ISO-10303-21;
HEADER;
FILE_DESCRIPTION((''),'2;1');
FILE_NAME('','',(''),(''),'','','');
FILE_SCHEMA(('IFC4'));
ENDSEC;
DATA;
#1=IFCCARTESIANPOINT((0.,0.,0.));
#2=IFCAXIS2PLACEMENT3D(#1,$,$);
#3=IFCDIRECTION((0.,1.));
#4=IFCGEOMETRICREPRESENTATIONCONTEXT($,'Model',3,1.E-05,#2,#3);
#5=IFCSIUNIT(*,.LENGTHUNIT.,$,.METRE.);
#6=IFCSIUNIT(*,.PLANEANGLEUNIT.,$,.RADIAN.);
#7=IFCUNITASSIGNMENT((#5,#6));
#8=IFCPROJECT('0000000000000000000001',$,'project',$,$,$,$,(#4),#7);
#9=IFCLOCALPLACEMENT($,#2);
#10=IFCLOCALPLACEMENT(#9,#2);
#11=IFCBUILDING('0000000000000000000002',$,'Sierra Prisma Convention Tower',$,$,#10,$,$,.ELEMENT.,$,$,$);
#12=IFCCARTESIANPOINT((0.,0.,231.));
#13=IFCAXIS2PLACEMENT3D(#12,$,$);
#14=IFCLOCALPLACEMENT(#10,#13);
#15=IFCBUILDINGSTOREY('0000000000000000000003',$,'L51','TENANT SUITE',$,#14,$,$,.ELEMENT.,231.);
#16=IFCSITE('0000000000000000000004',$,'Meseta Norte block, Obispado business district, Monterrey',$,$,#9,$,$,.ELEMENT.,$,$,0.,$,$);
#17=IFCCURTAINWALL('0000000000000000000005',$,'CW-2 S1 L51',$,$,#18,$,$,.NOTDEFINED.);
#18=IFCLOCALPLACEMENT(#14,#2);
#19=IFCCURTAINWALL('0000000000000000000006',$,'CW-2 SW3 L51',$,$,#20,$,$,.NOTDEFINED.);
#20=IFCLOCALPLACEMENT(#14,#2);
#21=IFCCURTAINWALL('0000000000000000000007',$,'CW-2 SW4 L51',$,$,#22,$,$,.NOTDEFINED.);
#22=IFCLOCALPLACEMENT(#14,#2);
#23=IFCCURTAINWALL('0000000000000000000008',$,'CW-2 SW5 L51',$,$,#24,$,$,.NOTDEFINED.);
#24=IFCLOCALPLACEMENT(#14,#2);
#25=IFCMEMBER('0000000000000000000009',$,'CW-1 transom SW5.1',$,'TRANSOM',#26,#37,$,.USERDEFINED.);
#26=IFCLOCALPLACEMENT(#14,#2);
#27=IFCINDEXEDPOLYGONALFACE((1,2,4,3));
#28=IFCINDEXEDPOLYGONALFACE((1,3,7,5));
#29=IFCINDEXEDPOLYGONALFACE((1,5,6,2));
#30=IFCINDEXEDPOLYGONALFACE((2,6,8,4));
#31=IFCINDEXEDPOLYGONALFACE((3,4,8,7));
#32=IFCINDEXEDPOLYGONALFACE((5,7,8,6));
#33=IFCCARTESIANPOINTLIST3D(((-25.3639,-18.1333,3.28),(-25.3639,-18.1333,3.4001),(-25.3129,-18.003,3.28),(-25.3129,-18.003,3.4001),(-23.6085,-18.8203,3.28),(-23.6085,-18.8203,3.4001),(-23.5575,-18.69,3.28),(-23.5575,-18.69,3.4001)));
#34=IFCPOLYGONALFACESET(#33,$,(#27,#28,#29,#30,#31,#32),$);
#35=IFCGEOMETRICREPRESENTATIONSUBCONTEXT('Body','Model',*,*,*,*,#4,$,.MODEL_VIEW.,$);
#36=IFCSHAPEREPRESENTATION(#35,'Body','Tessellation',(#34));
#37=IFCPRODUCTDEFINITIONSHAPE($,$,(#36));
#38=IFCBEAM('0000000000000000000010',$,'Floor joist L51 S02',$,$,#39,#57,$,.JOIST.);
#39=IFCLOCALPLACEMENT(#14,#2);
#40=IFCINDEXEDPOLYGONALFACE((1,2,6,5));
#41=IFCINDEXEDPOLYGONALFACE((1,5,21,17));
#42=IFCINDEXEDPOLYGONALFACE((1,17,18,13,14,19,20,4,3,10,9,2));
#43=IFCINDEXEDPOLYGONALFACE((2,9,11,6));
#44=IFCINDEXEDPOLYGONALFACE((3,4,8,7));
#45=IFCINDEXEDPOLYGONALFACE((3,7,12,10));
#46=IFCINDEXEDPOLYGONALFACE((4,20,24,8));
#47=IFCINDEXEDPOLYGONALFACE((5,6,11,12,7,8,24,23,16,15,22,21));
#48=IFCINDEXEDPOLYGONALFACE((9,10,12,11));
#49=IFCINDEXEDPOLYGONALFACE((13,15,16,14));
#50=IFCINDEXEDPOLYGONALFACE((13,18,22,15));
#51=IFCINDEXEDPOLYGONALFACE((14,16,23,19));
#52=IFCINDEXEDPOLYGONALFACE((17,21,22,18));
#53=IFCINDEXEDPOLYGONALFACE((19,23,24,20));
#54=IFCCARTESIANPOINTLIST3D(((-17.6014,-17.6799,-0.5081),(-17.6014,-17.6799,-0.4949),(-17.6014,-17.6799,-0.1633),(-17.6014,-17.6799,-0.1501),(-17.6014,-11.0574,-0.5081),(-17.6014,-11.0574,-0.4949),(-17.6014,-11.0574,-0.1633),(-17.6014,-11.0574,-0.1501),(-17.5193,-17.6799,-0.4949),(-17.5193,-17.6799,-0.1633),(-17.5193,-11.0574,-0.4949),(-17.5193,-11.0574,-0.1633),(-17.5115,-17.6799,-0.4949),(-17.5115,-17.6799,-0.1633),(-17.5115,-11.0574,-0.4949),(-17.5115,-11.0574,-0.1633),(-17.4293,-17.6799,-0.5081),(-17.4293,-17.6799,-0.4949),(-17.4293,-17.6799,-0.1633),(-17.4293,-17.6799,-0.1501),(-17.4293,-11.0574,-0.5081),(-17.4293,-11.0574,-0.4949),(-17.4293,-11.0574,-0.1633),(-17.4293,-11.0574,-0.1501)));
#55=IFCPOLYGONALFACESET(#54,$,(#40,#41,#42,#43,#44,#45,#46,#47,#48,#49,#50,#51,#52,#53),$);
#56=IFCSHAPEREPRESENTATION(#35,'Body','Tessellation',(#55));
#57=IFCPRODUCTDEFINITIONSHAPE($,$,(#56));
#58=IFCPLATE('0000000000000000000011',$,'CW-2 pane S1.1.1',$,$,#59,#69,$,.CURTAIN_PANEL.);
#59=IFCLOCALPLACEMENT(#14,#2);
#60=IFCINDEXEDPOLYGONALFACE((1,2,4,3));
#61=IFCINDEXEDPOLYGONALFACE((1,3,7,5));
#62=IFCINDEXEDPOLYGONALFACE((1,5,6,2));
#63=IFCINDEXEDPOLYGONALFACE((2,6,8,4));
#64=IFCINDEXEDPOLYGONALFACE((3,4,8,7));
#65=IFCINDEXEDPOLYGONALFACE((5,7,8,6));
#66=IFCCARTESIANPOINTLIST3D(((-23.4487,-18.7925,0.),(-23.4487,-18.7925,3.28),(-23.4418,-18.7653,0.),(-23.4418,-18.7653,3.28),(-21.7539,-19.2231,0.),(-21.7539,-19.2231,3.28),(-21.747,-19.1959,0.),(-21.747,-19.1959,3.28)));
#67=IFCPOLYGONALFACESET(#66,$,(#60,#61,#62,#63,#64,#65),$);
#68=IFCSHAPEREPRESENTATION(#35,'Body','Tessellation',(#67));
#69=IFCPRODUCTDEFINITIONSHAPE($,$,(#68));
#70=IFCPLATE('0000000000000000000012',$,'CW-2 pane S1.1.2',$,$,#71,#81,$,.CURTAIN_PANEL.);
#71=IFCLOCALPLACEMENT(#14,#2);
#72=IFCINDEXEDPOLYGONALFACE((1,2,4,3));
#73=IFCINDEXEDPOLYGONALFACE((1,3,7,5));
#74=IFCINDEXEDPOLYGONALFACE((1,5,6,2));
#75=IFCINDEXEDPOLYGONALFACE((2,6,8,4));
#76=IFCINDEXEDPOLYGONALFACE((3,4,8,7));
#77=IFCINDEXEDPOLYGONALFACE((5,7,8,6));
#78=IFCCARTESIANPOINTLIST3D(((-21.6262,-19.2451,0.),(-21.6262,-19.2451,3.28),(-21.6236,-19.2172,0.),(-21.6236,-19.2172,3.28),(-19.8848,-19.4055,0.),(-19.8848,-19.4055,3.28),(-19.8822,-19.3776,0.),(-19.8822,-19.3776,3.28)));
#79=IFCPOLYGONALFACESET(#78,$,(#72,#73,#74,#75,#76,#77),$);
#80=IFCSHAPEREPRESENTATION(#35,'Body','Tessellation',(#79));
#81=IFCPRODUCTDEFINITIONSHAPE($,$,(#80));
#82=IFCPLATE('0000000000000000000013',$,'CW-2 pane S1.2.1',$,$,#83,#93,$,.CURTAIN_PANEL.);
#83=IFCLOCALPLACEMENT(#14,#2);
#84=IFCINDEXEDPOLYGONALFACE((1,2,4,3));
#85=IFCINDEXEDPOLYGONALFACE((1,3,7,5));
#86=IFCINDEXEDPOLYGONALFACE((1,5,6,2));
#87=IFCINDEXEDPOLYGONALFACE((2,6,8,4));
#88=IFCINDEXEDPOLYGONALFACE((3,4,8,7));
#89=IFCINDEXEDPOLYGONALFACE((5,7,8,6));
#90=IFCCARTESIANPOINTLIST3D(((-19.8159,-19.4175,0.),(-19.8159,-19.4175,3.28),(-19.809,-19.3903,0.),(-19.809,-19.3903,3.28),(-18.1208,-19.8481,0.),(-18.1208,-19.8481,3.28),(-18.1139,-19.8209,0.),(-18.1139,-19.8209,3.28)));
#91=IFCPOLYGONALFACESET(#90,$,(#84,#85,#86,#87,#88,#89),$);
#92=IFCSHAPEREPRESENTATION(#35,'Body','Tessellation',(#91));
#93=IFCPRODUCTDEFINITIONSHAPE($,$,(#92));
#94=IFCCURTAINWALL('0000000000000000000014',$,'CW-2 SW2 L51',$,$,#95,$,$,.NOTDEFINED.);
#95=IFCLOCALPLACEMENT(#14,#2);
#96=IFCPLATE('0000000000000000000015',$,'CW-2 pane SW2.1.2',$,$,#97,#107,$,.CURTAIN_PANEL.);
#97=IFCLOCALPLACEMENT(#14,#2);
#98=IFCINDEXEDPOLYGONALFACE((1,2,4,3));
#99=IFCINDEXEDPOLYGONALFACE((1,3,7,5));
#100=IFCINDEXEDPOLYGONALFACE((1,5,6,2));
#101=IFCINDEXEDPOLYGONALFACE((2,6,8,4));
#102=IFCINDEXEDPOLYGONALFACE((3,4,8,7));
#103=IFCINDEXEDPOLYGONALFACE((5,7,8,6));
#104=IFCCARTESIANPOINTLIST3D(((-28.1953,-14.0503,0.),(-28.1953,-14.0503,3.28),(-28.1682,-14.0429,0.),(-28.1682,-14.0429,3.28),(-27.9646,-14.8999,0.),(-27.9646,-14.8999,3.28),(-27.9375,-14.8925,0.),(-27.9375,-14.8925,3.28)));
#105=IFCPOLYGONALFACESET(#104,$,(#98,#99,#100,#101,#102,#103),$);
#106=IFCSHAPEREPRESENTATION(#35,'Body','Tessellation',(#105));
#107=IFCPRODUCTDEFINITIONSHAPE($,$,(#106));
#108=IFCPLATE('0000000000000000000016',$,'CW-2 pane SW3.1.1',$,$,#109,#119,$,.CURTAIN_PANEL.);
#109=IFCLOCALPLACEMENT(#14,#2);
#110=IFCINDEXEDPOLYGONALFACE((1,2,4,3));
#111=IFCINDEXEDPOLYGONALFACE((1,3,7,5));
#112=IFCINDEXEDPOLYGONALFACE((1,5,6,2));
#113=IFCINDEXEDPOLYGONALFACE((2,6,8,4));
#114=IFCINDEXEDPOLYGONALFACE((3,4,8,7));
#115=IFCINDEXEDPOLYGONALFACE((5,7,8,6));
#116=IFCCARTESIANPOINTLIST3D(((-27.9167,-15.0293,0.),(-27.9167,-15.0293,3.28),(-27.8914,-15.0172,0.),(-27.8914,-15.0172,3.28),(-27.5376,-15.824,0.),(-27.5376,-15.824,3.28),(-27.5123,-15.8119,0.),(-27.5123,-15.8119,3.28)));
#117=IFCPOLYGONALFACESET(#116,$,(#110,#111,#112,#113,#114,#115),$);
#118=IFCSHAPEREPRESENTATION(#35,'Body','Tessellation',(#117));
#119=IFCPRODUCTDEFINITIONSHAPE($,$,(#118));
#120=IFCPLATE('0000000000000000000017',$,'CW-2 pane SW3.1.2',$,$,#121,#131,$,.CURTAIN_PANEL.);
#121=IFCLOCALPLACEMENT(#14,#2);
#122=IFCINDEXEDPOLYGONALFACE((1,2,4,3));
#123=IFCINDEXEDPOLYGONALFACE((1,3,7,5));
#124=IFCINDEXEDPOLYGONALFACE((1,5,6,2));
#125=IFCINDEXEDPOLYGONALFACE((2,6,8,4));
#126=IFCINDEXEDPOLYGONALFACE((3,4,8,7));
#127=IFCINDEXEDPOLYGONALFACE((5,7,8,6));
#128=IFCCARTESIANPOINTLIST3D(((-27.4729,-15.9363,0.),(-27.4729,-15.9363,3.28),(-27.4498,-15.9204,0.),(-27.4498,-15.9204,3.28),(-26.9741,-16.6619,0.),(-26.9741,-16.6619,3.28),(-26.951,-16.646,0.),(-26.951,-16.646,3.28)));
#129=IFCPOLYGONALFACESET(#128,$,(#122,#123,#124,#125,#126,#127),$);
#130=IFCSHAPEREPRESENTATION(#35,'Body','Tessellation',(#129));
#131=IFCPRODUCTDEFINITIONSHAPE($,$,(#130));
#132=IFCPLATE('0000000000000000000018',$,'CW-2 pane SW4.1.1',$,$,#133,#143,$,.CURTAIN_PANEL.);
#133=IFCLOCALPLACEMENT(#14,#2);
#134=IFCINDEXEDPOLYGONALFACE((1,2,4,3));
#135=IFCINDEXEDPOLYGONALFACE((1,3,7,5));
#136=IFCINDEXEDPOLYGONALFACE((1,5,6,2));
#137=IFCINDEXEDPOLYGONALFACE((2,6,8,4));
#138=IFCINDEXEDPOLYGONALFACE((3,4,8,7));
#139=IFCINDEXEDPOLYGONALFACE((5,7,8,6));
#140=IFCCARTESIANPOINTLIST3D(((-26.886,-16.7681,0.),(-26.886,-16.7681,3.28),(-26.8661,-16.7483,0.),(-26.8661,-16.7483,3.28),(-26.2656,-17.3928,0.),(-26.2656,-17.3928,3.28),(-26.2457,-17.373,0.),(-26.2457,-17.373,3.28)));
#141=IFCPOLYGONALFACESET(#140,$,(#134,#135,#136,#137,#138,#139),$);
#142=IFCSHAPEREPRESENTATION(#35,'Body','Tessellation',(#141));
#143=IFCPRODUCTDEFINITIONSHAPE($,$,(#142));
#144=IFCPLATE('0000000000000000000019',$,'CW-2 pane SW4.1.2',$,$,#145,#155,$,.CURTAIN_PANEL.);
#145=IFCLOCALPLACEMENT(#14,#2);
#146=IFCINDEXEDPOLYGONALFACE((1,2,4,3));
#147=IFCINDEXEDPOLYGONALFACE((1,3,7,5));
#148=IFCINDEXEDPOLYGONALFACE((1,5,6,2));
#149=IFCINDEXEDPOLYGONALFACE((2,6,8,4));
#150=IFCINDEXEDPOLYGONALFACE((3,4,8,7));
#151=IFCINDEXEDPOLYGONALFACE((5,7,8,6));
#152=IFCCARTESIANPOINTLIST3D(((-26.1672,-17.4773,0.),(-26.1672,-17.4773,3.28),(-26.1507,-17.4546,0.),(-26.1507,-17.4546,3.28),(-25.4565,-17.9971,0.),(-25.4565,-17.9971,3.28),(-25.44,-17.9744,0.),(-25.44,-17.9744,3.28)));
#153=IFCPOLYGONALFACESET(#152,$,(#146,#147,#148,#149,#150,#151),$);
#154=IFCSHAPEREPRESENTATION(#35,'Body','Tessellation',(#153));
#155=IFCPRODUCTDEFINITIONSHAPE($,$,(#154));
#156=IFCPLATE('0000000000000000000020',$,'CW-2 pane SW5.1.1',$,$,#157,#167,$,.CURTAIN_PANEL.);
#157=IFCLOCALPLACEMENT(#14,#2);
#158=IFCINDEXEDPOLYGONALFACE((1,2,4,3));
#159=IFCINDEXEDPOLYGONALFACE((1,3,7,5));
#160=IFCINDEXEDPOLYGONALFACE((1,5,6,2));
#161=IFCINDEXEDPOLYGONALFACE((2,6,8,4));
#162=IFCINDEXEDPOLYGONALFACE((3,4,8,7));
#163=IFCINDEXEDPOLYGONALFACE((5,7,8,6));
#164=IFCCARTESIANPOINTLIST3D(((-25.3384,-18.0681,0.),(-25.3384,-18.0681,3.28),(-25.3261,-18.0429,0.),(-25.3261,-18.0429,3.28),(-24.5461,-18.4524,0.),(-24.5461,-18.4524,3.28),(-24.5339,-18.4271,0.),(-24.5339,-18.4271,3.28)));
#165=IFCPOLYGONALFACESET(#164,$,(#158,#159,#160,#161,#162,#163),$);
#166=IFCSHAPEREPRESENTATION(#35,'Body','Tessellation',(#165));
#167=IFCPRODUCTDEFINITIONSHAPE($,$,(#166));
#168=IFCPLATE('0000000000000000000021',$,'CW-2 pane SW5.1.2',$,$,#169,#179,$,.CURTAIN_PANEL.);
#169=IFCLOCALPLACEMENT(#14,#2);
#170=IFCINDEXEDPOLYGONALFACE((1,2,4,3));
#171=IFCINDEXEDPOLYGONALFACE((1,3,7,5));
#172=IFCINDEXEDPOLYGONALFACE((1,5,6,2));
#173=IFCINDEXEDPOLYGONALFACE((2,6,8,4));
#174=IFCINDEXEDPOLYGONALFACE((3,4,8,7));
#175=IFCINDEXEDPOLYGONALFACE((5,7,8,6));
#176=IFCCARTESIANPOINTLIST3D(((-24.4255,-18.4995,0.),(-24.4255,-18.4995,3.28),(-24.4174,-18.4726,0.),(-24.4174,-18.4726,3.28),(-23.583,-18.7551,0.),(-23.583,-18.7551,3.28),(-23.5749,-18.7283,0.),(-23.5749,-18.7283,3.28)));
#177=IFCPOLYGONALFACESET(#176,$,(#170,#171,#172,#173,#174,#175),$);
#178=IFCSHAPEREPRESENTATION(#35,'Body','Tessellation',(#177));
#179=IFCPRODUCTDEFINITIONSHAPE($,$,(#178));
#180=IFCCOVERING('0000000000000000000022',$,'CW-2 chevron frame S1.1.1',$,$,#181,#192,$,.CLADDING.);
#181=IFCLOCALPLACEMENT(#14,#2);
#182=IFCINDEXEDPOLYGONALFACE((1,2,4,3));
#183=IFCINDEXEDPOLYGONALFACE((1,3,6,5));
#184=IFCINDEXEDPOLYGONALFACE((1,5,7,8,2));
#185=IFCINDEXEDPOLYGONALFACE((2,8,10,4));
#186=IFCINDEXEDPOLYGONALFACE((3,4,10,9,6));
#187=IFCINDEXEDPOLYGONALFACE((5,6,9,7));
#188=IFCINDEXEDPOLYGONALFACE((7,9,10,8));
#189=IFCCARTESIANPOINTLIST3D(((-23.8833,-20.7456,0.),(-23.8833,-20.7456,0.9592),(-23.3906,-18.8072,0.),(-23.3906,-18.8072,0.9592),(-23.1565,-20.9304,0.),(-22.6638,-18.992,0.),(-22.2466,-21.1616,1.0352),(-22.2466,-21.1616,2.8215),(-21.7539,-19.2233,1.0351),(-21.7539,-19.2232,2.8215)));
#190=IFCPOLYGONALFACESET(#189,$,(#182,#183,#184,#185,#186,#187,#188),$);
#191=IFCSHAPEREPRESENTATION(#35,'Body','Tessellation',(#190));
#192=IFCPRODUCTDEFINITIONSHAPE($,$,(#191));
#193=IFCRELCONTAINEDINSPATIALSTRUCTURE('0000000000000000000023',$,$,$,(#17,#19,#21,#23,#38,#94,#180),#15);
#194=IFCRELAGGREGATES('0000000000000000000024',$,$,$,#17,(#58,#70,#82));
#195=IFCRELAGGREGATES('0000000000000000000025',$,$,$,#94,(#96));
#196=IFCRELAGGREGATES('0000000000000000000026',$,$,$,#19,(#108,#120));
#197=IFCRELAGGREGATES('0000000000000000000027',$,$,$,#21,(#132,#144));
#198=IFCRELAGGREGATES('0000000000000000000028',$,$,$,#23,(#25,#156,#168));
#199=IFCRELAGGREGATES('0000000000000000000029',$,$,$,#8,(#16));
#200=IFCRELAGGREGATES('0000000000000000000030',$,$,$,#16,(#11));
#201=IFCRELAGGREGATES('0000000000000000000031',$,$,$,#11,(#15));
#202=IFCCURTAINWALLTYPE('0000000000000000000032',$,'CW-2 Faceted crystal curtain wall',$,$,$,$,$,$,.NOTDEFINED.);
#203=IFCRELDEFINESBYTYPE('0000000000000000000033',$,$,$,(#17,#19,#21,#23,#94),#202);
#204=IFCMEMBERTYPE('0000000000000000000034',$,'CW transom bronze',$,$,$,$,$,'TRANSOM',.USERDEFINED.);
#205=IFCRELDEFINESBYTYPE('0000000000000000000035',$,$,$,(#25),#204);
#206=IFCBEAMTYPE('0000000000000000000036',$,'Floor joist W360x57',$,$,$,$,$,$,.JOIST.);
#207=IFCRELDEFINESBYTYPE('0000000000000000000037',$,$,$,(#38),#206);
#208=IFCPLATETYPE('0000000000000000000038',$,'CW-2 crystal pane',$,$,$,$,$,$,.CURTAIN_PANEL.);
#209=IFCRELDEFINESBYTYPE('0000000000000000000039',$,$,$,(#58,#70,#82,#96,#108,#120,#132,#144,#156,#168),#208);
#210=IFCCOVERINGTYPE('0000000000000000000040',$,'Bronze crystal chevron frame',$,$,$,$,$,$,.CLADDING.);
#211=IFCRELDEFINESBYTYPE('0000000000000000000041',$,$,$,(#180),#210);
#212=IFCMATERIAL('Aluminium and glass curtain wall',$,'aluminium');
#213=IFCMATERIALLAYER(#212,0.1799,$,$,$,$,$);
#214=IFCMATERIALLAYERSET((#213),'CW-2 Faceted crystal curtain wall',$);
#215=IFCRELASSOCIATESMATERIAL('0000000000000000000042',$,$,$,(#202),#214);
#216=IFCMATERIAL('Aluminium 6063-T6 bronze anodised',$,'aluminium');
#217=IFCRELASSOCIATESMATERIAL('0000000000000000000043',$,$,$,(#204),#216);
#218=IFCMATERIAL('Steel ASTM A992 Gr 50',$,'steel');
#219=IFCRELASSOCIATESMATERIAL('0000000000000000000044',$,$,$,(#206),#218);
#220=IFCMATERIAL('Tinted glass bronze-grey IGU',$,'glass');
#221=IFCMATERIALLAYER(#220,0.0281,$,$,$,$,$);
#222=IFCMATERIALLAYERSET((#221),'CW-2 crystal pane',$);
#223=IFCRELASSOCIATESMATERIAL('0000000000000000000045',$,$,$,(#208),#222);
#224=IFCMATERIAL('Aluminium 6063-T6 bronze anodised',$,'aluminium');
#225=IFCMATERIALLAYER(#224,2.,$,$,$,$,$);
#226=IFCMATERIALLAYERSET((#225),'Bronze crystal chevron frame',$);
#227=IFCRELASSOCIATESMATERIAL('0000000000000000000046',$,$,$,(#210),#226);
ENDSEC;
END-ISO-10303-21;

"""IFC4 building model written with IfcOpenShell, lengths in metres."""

from ifc_helpers import new_model, si_unit, direction, frame, origin, origin_2d, place, context, subcontext, project, spatial, polyline, rectangle, i_section, outline, extrude, material, layer, layer_set, material_profile, profile_set, type_object, element, aggregate, save


model = new_model("IFC4")

# Units and contexts
model_context = context("Model", 3, precision=1e-05, world=origin(), true_north=direction((0.0, 1.0)))
body_context = subcontext(model_context, "Body", "Model", "MODEL_VIEW")
ifc_project = project(units=[si_unit("LENGTHUNIT", "METRE"), si_unit("PLANEANGLEUNIT", "RADIAN")], contexts=[model_context])

# Site, building, storey
site_placement = place(None, origin())
site = spatial("IfcSite", under=ifc_project, at=site_placement, Name="Meseta Norte block, Obispado business district, Monterrey", CompositionType="ELEMENT", RefElevation=0.0)
building_placement = place(site_placement, origin())
building = spatial("IfcBuilding", under=site, at=building_placement, Name="Sierra Prisma Convention Tower", CompositionType="ELEMENT")
storey_placement = place(building_placement, frame((0.0, 0.0, 231.0)))
storey = spatial("IfcBuildingStorey", under=building, at=storey_placement, Name="L51", Description="TENANT SUITE", CompositionType="ELEMENT", Elevation=231.0)

# Curtain wall
ifc_material_1 = material(Name="Aluminium and glass curtain wall", Category="aluminium")
ifc_layer_1 = layer(ifc_material_1, 0.1799)
ifc_layer_set_1 = layer_set([ifc_layer_1], Name="CW-2 Faceted crystal curtain wall")
curtain_wall_type = type_object("IfcCurtainWallType", Name="CW-2 Faceted crystal curtain wall", PredefinedType="NOTDEFINED", material=ifc_layer_set_1)
curtain_wall_1_placement = place(storey_placement, origin())
curtain_wall_1 = element("IfcCurtainWall", 1, at=curtain_wall_1_placement, inside=storey, type_object=curtain_wall_type, Name="CW-2 S1 L51", PredefinedType="NOTDEFINED")

# Curtain walls
curtain_wall_2_placement = place(storey_placement, origin())
curtain_wall_2 = element("IfcCurtainWall", 2, at=curtain_wall_2_placement, inside=storey, type_object=curtain_wall_type, Name="CW-2 SW3 L51", PredefinedType="NOTDEFINED")
curtain_wall_3_placement = place(storey_placement, origin())
curtain_wall_3 = element("IfcCurtainWall", 3, at=curtain_wall_3_placement, inside=storey, type_object=curtain_wall_type, Name="CW-2 SW4 L51", PredefinedType="NOTDEFINED")
curtain_wall_4_placement = place(storey_placement, origin())
curtain_wall_4 = element("IfcCurtainWall", 4, at=curtain_wall_4_placement, inside=storey, type_object=curtain_wall_type, Name="CW-2 SW5 L51", PredefinedType="NOTDEFINED")

# Member
ifc_material_2 = material(Name="Aluminium 6063-T6 bronze anodised", Category="aluminium")
ifc_material_profile_1 = material_profile(ifc_material_2, rectangle(XDim=0.1399, YDim=0.1201, at=origin_2d()), Name="ALU TRANSOM 120x140")
ifc_profile_set_1 = profile_set([ifc_material_profile_1], Name="Aluminium 6063-T6 bronze anodised")
member_type_1 = type_object("IfcMemberType", Name="CW transom bronze", ElementType="TRANSOM", PredefinedType="USERDEFINED", material=ifc_profile_set_1)
member_1_placement = place(storey_placement, frame((-25.3384, -18.0681, 3.3401), z_axis=(0.93122, -0.364458, 0.0), x_axis=(0.364458, 0.93122, 0.0)))
member_1 = element("IfcMember", 5, at=member_1_placement, type_object=member_type_1, Name="CW-1 transom SW5.1", ObjectType="TRANSOM", PredefinedType="USERDEFINED", context=body_context, shape_type="SweptSolid", body=[
    extrude(rectangle(XDim=0.1399, YDim=0.1201, at=origin_2d()), origin(), (0.0, 0.0, 1.0), 1.885),
])

# Beam
ifc_material_3 = material(Name="Steel ASTM A992 Gr 50", Category="steel")
ifc_material_profile_2 = material_profile(ifc_material_3, i_section(OverallWidth=0.1721, OverallDepth=0.3579, WebThickness=0.0078, FlangeThickness=0.0132, at=origin_2d()), Name="W360x57")
ifc_profile_set_2 = profile_set([ifc_material_profile_2], Name="Steel ASTM A992 Gr 50")
beam_type = type_object("IfcBeamType", Name="Floor joist W360x57", PredefinedType="JOIST", material=ifc_profile_set_2)
beam_placement = place(storey_placement, frame((-17.5154, -17.6799, -0.3291), z_axis=(0.0, 1.0, 0.0), x_axis=(-1.0, 0.0, 0.0)))
element("IfcBeam", 6, at=beam_placement, inside=storey, type_object=beam_type, Name="Floor joist L51 S02", PredefinedType="JOIST", context=body_context, shape_type="SweptSolid", body=[
    extrude(i_section(OverallWidth=0.1721, OverallDepth=0.3579, WebThickness=0.0078, FlangeThickness=0.0132, at=origin_2d()), origin(), (0.0, 0.0, 1.0), 6.6226),
])

# Plates
ifc_material_4 = material(Name="Tinted glass bronze-grey IGU", Category="glass")
ifc_layer_2 = layer(ifc_material_4, 0.0281)
ifc_layer_set_2 = layer_set([ifc_layer_2], Name="CW-2 crystal pane")
plate_type = type_object("IfcPlateType", Name="CW-2 crystal pane", PredefinedType="CURTAIN_PANEL", material=ifc_layer_set_2)
plate_1_placement = place(storey_placement, frame((-23.4487, -18.7925, 0.0), z_axis=(-0.246279, -0.969199, 0.0), x_axis=(0.969199, -0.246279, 0.0)))
plate_1 = element("IfcPlate", 7, at=plate_1_placement, type_object=plate_type, Name="CW-2 pane S1.1.1", PredefinedType="CURTAIN_PANEL", context=body_context, shape_type="SweptSolid", body=[
    extrude(outline(polyline([(0.0, 0.0), (1.7487, 0.0), (1.7487, 3.28), (0.0, 3.28), (0.0, 0.0)])), origin(), (0.0, 0.0, -1.0), 0.0281),
])
plate_2_placement = place(storey_placement, frame((-19.8848, -19.4055, 0.0), z_axis=(-0.091719, -0.995785, 0.0), x_axis=(-0.995785, 0.091719, 0.0)))
plate_2 = element("IfcPlate", 8, at=plate_2_placement, type_object=plate_type, Name="CW-2 pane S1.1.2", PredefinedType="CURTAIN_PANEL", context=body_context, shape_type="SweptSolid", body=[
    extrude(outline(polyline([(0.0, 0.0), (1.7488, 0.0), (1.7488, -3.28), (0.0, -3.28), (0.0, 0.0)])), origin(), (0.0, 0.0, -1.0), 0.0281),
])
plate_3_placement = place(storey_placement, frame((-19.8159, -19.4175, 0.0), z_axis=(-0.246245, -0.969208, 0.0), x_axis=(0.969208, -0.246245, 0.0)))
plate_3 = element("IfcPlate", 9, at=plate_3_placement, type_object=plate_type, Name="CW-2 pane S1.2.1", PredefinedType="CURTAIN_PANEL", context=body_context, shape_type="SweptSolid", body=[
    extrude(outline(polyline([(0.0, 0.0), (1.7489, 0.0), (1.7489, 3.28), (0.0, 3.28), (0.0, 0.0)])), origin(), (0.0, 0.0, -1.0), 0.0281),
])
aggregate(curtain_wall_1, [plate_1, plate_2, plate_3])

# Curtain wall, plate
curtain_wall_5_placement = place(storey_placement, origin())
curtain_wall_5 = element("IfcCurtainWall", 10, at=curtain_wall_5_placement, inside=storey, type_object=curtain_wall_type, Name="CW-2 SW2 L51", PredefinedType="NOTDEFINED")
plate_4_placement = place(storey_placement, frame((-27.9646, -14.8999, 0.0), z_axis=(-0.965051, -0.262061, 0.0), x_axis=(-0.262061, 0.965051, 0.0)))
plate_4 = element("IfcPlate", 11, at=plate_4_placement, type_object=plate_type, Name="CW-2 pane SW2.1.2", PredefinedType="CURTAIN_PANEL", context=body_context, shape_type="SweptSolid", body=[
    extrude(outline(polyline([(0.0, 0.0), (0.8804, 0.0), (0.8804, -3.28), (0.0, -3.28), (0.0, 0.0)])), origin(), (0.0, 0.0, -1.0), 0.0281),
])
aggregate(curtain_wall_5, [plate_4])

# Plates
plate_5_placement = place(storey_placement, frame((-27.9167, -15.0293, 0.0), z_axis=(-0.902537, -0.430612, 0.0), x_axis=(0.430612, -0.902537, 0.0)))
plate_5 = element("IfcPlate", 12, at=plate_5_placement, type_object=plate_type, Name="CW-2 pane SW3.1.1", PredefinedType="CURTAIN_PANEL", context=body_context, shape_type="SweptSolid", body=[
    extrude(outline(polyline([(0.0, 0.0), (0.8805, 0.0), (0.8805, 3.28), (0.0, 3.28), (0.0, 0.0)])), origin(), (0.0, 0.0, -1.0), 0.0281),
])
plate_6_placement = place(storey_placement, frame((-26.9741, -16.6619, 0.0), z_axis=(-0.824074, -0.566482, 0.0), x_axis=(-0.566482, 0.824074, 0.0)))
plate_6 = element("IfcPlate", 13, at=plate_6_placement, type_object=plate_type, Name="CW-2 pane SW3.1.2", PredefinedType="CURTAIN_PANEL", context=body_context, shape_type="SweptSolid", body=[
    extrude(outline(polyline([(0.0, 0.0), (0.8805, 0.0), (0.8805, -3.28), (0.0, -3.28), (0.0, 0.0)])), origin(), (0.0, 0.0, -1.0), 0.0281),
])
aggregate(curtain_wall_2, [plate_5, plate_6])
plate_7_placement = place(storey_placement, frame((-26.886, -16.7681, 0.0), z_axis=(-0.709598, -0.704607, 0.0), x_axis=(0.704607, -0.709598, 0.0)))
plate_7 = element("IfcPlate", 14, at=plate_7_placement, type_object=plate_type, Name="CW-2 pane SW4.1.1", PredefinedType="CURTAIN_PANEL", context=body_context, shape_type="SweptSolid", body=[
    extrude(outline(polyline([(0.0, 0.0), (0.8804, 0.0), (0.8804, 3.28), (0.0, 3.28), (0.0, 0.0)])), origin(), (0.0, 0.0, -1.0), 0.0281),
])
plate_8_placement = place(storey_placement, frame((-25.4565, -17.9971, 0.0), z_axis=(-0.590329, -0.807162, 0.0), x_axis=(-0.807162, 0.590329, 0.0)))
plate_8 = element("IfcPlate", 15, at=plate_8_placement, type_object=plate_type, Name="CW-2 pane SW4.1.2", PredefinedType="CURTAIN_PANEL", context=body_context, shape_type="SweptSolid", body=[
    extrude(outline(polyline([(0.0, 0.0), (0.8805, 0.0), (0.8805, -3.28), (0.0, -3.28), (0.0, 0.0)])), origin(), (0.0, 0.0, -1.0), 0.0281),
])
aggregate(curtain_wall_3, [plate_7, plate_8])
plate_9_placement = place(storey_placement, frame((-25.3384, -18.0681, 0.0), z_axis=(-0.436423, -0.899742, 0.0), x_axis=(0.899742, -0.436423, 0.0)))
plate_9 = element("IfcPlate", 16, at=plate_9_placement, type_object=plate_type, Name="CW-2 pane SW5.1.1", PredefinedType="CURTAIN_PANEL", context=body_context, shape_type="SweptSolid", body=[
    extrude(outline(polyline([(0.0, 0.0), (0.8805, 0.0), (0.8805, 3.28), (0.0, 3.28), (0.0, 0.0)])), origin(), (0.0, 0.0, -1.0), 0.0281),
])
plate_10_placement = place(storey_placement, frame((-23.583, -18.7551, 0.0), z_axis=(-0.290323, -0.956929, 0.0), x_axis=(-0.956929, 0.290323, 0.0)))
plate_10 = element("IfcPlate", 17, at=plate_10_placement, type_object=plate_type, Name="CW-2 pane SW5.1.2", PredefinedType="CURTAIN_PANEL", context=body_context, shape_type="SweptSolid", body=[
    extrude(outline(polyline([(0.0, 0.0), (0.8805, 0.0), (0.8805, -3.28), (0.0, -3.28), (0.0, 0.0)])), origin(), (0.0, 0.0, -1.0), 0.0281),
])
aggregate(curtain_wall_4, [member_1, plate_9, plate_10])

# Covering
ifc_material_5 = material(Name="Aluminium 6063-T6 bronze anodised", Category="aluminium")
ifc_layer_3 = layer(ifc_material_5, 2.0)
ifc_layer_set_3 = layer_set([ifc_layer_3], Name="Bronze crystal chevron frame")
covering_type = type_object("IfcCoveringType", Name="Bronze crystal chevron frame", PredefinedType="CLADDING", material=ifc_layer_set_3)
covering_1_placement = place(storey_placement, frame((-23.8833, -20.7456, 0.0), z_axis=(-0.246357, -0.969179, 0.000023), x_axis=(0.969179, -0.246357, 0.0)))
element("IfcCovering", 18, at=covering_1_placement, inside=storey, type_object=covering_type, Name="CW-2 chevron frame S1.1.1", PredefinedType="CLADDING", context=body_context, shape_type="SweptSolid", body=[
    extrude(outline(polyline([(0.0, 0.0), (0.7499, 0.0), (1.6888, 1.0352), (1.6888, 2.8215), (0.0, 0.9592), (0.0, 0.0)])), origin(), (0.0, 0.0, -1.0), 2.0),
])

save(model, "model.ifc")
